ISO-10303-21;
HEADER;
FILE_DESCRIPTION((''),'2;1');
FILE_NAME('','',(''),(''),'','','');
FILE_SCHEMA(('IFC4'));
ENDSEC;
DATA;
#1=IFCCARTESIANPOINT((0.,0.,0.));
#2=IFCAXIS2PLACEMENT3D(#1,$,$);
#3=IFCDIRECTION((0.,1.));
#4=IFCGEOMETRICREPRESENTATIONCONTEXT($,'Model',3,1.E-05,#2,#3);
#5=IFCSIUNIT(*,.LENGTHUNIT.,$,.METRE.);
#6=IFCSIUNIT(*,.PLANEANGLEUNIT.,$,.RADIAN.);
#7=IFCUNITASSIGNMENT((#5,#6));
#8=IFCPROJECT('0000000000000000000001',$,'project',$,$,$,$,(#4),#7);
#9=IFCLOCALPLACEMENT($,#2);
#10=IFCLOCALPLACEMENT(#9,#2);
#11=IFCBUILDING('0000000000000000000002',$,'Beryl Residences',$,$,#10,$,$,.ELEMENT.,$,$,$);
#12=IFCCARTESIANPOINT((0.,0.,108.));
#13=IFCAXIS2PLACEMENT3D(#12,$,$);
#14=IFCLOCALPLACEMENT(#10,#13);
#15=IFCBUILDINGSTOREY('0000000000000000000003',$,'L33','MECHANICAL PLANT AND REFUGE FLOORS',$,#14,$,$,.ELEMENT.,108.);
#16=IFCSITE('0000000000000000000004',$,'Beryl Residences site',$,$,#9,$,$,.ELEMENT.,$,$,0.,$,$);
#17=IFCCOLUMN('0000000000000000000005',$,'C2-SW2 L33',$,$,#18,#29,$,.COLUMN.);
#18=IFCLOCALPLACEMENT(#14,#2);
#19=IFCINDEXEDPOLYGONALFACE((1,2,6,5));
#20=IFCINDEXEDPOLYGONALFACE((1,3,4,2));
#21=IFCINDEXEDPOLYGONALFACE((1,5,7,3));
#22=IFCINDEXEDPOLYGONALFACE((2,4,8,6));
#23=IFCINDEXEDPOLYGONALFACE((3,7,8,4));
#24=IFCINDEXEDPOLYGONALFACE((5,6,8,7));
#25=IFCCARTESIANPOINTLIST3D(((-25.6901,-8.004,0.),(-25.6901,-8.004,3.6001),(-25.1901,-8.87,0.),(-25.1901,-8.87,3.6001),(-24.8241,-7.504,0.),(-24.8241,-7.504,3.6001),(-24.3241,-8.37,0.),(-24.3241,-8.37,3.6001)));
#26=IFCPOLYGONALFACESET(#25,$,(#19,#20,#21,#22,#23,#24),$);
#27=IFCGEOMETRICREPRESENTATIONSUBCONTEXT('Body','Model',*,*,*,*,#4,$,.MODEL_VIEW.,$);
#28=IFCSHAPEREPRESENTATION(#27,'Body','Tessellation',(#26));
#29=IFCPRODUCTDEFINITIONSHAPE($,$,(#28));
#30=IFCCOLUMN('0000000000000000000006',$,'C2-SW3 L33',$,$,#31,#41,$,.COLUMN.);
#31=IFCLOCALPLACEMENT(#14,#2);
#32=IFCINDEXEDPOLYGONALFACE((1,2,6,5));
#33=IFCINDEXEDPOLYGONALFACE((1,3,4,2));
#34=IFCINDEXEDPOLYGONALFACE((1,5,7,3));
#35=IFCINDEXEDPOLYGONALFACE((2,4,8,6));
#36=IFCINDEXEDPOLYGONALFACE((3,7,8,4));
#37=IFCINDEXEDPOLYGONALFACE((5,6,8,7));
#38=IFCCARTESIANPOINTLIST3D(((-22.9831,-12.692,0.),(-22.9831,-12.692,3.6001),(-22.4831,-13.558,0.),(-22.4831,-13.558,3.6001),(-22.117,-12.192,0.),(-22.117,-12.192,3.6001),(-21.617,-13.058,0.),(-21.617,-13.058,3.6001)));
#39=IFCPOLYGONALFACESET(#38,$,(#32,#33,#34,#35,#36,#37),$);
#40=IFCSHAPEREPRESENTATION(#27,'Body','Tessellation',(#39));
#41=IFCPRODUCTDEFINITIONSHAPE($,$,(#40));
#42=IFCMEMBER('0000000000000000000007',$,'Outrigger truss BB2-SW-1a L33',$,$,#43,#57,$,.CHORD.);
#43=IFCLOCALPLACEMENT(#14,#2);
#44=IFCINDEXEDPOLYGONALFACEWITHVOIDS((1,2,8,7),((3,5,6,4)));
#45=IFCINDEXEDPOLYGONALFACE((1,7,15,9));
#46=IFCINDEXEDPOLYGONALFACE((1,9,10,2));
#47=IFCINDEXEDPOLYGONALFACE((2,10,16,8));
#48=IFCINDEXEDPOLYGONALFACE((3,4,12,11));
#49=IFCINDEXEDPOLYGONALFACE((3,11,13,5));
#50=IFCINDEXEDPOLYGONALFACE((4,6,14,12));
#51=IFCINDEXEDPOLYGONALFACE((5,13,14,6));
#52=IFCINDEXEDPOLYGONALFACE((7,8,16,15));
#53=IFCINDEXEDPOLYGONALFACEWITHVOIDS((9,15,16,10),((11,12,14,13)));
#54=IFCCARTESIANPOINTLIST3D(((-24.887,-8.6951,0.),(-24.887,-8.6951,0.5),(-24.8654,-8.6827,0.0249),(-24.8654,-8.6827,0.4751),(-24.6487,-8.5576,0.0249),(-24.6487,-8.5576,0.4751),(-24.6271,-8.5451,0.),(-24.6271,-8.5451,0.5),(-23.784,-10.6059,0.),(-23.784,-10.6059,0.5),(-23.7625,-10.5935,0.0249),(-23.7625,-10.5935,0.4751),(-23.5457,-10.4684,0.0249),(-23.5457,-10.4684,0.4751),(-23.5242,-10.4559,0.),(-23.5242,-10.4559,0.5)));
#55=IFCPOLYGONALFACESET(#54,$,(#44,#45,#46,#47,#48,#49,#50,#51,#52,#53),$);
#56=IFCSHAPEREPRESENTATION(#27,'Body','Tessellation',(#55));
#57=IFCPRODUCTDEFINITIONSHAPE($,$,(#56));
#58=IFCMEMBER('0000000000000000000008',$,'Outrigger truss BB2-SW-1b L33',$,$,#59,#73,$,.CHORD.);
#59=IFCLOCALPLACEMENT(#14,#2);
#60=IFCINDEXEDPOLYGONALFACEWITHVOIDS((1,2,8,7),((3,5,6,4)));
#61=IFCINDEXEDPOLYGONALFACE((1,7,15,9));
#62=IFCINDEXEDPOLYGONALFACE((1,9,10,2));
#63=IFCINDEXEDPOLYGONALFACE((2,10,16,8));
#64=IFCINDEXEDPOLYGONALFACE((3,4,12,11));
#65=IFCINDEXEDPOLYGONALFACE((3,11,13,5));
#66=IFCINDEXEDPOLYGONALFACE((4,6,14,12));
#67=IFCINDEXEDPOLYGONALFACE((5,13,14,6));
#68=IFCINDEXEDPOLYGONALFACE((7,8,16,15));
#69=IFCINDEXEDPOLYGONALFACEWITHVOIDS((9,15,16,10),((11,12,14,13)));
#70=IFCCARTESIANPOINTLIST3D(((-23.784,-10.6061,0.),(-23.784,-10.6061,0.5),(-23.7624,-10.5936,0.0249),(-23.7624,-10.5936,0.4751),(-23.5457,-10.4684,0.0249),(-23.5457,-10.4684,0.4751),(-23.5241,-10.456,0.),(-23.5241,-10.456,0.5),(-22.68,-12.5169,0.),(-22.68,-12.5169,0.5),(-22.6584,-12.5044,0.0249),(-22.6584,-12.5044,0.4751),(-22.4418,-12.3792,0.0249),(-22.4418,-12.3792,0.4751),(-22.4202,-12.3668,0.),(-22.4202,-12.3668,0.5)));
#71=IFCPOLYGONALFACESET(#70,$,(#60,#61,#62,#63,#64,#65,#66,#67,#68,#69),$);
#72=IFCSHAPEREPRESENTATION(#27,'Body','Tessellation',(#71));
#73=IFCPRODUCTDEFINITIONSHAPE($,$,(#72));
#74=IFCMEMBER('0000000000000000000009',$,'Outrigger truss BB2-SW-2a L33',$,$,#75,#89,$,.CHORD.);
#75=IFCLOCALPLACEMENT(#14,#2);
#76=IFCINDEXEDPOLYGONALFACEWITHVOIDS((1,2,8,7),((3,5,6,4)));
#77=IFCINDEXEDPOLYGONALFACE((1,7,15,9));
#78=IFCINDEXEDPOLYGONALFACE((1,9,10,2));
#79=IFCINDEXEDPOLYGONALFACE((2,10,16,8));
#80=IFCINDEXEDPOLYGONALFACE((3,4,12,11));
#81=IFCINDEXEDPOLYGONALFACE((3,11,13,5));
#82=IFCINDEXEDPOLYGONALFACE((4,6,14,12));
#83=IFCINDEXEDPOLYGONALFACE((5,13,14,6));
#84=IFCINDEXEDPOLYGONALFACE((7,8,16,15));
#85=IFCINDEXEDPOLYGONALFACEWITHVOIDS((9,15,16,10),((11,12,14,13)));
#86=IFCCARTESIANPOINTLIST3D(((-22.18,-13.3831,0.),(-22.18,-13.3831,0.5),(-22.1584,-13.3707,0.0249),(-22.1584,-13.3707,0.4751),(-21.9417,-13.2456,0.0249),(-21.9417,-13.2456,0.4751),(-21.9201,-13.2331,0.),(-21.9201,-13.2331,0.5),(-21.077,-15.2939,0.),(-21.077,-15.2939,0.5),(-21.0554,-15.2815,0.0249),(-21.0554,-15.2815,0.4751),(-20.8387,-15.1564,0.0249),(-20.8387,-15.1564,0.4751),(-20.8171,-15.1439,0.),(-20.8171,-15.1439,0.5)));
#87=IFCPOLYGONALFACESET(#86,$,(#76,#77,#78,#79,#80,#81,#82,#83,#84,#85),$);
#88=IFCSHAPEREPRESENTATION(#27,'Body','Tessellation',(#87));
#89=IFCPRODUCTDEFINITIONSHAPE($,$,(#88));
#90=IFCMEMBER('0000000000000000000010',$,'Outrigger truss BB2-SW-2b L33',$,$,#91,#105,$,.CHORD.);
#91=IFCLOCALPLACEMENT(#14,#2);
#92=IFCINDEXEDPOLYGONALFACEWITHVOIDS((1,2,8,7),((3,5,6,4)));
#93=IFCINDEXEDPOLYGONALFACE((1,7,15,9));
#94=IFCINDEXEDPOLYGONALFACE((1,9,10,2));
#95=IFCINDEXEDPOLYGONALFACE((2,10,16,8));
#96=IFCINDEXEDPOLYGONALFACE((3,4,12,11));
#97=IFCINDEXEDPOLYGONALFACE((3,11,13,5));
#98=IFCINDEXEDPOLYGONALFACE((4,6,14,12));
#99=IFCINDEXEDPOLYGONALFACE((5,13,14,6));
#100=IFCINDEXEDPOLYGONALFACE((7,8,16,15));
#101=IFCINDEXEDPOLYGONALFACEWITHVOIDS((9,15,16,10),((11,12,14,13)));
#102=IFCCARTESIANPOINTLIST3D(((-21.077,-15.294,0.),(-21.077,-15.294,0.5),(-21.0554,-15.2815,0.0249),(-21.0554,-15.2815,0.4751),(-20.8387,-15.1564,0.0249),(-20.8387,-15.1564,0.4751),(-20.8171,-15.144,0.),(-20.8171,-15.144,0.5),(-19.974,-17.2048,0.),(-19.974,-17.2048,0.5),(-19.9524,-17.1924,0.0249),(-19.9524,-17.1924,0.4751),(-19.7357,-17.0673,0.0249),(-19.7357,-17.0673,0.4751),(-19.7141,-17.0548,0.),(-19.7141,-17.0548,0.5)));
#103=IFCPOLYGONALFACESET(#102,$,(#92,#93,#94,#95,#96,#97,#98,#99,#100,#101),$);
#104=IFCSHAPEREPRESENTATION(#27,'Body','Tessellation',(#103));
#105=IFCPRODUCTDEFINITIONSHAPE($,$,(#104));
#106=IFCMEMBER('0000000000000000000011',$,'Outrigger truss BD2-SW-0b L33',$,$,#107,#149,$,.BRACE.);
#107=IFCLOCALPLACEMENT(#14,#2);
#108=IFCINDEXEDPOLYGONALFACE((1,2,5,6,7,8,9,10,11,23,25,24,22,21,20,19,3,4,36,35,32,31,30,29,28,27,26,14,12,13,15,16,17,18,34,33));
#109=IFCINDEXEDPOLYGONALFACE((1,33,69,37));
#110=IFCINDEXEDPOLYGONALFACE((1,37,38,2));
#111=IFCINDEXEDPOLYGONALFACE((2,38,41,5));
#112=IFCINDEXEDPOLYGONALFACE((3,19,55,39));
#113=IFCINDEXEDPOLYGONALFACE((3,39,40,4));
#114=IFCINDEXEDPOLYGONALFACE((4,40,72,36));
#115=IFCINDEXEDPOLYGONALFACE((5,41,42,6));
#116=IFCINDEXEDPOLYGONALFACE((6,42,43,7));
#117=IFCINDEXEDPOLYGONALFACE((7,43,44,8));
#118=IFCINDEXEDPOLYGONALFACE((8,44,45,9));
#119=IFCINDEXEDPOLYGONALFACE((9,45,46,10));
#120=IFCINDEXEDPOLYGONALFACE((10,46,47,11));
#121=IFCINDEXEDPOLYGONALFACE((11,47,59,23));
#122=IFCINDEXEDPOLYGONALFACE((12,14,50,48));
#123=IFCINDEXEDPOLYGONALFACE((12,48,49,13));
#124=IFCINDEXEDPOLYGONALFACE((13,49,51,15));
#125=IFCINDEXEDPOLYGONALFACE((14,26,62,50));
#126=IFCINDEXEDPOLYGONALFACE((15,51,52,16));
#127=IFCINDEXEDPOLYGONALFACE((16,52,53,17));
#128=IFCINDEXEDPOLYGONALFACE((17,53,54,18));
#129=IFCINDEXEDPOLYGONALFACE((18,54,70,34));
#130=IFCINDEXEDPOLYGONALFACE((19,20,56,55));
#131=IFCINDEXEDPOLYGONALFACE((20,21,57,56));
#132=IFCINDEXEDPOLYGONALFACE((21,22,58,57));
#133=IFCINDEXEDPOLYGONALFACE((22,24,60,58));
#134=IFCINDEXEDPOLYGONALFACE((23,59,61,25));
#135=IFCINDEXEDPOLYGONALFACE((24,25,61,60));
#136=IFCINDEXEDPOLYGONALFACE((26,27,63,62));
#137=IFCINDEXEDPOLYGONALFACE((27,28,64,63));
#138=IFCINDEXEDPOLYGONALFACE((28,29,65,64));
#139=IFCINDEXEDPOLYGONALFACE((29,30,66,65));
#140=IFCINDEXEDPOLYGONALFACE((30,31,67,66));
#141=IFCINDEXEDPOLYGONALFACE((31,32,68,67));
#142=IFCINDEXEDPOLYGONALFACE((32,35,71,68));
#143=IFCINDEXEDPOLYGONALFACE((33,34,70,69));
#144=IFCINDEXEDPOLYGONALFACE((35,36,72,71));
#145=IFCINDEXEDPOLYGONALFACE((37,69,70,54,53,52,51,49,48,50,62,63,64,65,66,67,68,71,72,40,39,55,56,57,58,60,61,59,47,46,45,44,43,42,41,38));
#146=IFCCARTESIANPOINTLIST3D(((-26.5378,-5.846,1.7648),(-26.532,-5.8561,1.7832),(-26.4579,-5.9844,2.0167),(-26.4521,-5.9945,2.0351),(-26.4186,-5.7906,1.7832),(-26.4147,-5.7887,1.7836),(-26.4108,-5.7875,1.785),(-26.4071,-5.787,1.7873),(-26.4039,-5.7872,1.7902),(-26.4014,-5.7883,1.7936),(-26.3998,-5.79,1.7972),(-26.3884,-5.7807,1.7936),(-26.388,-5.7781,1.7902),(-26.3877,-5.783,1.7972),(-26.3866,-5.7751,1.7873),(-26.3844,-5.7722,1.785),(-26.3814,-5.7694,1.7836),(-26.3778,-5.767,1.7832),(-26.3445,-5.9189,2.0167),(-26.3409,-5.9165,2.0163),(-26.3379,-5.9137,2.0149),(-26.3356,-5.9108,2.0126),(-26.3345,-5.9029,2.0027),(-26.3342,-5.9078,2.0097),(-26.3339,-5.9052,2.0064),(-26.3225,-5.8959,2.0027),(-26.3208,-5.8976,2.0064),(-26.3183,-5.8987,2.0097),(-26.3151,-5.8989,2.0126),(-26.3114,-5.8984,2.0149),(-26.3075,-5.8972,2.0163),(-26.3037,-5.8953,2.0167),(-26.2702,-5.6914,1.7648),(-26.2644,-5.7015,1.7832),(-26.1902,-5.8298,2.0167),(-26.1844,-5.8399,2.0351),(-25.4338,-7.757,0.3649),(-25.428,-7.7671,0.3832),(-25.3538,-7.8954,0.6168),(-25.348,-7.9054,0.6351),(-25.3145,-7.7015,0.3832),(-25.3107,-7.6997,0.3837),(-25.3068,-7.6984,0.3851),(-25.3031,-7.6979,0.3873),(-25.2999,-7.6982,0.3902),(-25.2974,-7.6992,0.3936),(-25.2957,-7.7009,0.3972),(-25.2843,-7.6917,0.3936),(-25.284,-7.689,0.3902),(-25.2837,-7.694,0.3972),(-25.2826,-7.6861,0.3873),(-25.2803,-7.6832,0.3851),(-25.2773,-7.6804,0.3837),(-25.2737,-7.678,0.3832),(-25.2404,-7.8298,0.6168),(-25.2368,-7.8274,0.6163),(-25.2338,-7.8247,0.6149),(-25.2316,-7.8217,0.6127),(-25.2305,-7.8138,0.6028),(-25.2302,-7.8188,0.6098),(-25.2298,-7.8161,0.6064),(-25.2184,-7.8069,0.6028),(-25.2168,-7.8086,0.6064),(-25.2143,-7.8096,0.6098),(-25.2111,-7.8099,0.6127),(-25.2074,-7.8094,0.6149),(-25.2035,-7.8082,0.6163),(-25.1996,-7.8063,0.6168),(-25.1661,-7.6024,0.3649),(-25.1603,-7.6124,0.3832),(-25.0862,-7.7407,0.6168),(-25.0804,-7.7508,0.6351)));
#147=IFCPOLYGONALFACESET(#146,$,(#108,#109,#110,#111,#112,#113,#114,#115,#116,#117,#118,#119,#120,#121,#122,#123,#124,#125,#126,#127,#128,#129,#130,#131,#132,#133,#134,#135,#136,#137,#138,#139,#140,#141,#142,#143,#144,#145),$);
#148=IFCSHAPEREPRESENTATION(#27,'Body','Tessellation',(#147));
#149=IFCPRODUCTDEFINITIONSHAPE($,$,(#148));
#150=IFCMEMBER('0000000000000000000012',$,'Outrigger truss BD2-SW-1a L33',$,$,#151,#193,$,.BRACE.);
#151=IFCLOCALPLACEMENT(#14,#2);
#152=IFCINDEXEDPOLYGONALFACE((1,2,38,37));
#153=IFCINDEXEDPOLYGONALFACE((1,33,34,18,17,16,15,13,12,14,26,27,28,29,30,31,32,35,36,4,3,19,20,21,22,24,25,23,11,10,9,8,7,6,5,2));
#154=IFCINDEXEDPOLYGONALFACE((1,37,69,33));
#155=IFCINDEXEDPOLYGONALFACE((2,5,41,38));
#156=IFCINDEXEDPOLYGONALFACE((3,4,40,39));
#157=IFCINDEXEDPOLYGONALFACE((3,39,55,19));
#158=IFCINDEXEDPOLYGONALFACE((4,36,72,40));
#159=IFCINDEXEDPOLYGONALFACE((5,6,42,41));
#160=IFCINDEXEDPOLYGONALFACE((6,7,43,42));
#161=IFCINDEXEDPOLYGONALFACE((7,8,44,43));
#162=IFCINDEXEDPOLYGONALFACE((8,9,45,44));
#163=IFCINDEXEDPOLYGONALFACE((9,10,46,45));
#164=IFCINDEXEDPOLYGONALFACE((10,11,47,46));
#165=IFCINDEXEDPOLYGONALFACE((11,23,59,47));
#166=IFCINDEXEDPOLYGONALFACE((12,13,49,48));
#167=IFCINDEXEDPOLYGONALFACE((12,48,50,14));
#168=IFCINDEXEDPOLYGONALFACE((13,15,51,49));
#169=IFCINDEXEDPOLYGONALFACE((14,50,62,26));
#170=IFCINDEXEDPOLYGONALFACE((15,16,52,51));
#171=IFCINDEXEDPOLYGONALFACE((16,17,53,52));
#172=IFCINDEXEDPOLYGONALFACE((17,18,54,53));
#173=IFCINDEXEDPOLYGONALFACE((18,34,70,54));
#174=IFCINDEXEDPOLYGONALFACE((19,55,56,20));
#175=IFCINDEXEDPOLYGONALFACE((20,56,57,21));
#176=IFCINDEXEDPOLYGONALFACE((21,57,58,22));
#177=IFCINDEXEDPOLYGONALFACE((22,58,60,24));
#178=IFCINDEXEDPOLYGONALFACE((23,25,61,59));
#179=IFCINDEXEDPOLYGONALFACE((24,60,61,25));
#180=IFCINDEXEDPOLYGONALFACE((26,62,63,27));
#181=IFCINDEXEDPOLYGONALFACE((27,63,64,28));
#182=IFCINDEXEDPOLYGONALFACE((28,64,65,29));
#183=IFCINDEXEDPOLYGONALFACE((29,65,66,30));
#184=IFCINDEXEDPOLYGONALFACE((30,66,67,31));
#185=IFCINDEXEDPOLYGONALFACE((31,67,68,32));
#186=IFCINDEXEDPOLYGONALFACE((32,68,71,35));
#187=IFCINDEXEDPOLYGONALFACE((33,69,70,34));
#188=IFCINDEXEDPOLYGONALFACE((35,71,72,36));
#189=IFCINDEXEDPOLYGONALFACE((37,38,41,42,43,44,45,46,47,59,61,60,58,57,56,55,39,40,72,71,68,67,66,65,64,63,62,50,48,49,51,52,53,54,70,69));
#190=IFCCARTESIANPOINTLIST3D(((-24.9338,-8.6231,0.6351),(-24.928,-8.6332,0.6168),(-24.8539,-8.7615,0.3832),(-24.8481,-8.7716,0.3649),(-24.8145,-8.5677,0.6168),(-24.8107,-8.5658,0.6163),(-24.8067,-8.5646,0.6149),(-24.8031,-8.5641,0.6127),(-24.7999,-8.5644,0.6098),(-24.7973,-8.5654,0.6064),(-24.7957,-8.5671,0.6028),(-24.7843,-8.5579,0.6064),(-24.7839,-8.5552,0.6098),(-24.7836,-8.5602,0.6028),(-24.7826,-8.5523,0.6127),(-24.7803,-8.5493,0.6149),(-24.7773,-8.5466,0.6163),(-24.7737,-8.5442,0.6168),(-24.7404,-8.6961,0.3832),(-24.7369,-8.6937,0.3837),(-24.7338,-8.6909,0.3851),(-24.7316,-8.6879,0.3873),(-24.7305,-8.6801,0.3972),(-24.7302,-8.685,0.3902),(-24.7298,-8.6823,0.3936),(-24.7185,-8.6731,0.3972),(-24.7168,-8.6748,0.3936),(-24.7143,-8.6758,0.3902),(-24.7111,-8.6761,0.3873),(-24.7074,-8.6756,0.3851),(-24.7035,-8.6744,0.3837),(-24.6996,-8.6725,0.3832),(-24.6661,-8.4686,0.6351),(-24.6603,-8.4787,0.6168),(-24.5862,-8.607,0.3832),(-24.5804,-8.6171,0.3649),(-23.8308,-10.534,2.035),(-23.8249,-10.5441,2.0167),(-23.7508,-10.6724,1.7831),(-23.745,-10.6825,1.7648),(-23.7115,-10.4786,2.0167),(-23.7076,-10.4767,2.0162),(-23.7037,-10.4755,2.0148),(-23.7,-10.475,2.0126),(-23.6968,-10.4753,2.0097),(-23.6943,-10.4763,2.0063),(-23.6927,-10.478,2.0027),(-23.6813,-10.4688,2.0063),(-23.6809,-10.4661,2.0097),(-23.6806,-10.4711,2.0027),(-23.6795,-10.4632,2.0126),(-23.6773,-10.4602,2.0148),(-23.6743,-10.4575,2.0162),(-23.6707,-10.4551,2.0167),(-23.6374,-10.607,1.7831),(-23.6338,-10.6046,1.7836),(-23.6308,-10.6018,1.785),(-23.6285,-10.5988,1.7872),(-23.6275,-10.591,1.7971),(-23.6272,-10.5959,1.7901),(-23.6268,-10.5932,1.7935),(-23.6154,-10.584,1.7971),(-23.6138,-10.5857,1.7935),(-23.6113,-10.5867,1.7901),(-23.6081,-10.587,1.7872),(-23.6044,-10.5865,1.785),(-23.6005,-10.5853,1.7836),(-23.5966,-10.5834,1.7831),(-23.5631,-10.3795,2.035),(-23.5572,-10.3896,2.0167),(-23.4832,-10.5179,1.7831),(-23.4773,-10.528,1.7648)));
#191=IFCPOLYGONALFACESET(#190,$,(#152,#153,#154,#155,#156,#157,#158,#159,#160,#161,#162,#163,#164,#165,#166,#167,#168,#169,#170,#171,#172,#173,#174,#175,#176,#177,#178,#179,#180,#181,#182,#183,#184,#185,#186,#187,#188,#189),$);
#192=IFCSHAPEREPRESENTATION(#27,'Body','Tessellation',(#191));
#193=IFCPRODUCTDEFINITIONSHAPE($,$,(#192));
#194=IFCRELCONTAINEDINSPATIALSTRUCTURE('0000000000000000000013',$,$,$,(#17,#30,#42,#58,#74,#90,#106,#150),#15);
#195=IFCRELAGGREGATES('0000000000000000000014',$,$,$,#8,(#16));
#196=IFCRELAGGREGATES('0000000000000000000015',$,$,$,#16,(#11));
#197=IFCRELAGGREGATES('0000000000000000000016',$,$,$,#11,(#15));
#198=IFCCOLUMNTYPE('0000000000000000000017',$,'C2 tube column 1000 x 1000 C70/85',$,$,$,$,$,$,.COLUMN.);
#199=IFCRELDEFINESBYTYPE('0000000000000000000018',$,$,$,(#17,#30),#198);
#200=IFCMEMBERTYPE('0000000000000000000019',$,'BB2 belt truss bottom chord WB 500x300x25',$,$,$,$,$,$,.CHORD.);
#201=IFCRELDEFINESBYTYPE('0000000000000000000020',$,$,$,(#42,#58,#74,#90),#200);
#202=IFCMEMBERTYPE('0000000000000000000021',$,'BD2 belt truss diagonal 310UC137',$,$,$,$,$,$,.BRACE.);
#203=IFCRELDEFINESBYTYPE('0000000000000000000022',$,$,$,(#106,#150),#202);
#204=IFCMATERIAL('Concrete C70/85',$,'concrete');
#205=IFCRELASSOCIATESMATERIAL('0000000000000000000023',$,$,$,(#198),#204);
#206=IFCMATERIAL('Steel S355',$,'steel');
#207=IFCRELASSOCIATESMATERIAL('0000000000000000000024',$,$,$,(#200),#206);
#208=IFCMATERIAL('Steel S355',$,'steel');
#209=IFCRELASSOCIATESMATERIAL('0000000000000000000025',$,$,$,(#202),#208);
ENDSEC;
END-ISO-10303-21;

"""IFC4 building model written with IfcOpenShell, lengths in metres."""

from ifc_helpers import new_model, si_unit, direction, frame, origin, origin_2d, place, context, subcontext, project, spatial, rectangle, hollow_rectangle, i_section, extrude, material, material_profile, profile_set, type_object, element, save


model = new_model("IFC4")

# Units and contexts
model_context = context("Model", 3, precision=1e-05, world=origin(), true_north=direction((0.0, 1.0)))
body_context = subcontext(model_context, "Body", "Model", "MODEL_VIEW")
ifc_project = project(units=[si_unit("LENGTHUNIT", "METRE"), si_unit("PLANEANGLEUNIT", "RADIAN")], contexts=[model_context])

# Site, building, storey
site_placement = place(None, origin())
site = spatial("IfcSite", under=ifc_project, at=site_placement, Name="Beryl Residences site", CompositionType="ELEMENT", RefElevation=0.0)
building_placement = place(site_placement, origin())
building = spatial("IfcBuilding", under=site, at=building_placement, Name="Beryl Residences", CompositionType="ELEMENT")
storey_placement = place(building_placement, frame((0.0, 0.0, 108.0)))
storey = spatial("IfcBuildingStorey", under=building, at=storey_placement, Name="L33", Description="MECHANICAL PLANT AND REFUGE FLOORS", CompositionType="ELEMENT", Elevation=108.0)

# Columns
ifc_material_1 = material(Name="Concrete C70/85", Category="concrete")
ifc_material_profile_1 = material_profile(ifc_material_1, rectangle(XDim=1.0, YDim=1.0, at=origin_2d()))
ifc_profile_set_1 = profile_set([ifc_material_profile_1], Name="Concrete C70/85")
column_type = type_object("IfcColumnType", Name="C2 tube column 1000 x 1000 C70/85", PredefinedType="COLUMN", material=ifc_profile_set_1)
for number, where, z_axis, x_axis, name in (
    (1, (-25.0071, -8.187, 0.0), (0.0, 0.0, 1.0), (0.5, -0.866025, 0.0), "C2-SW2 L33"),
    (2, (-22.3, -12.875, 0.0), (0.0, 0.0, 1.0), (0.5, -0.866025, 0.0), "C2-SW3 L33"),
):
    element("IfcColumn", number, at=place(storey_placement, frame(where, z_axis=z_axis, x_axis=x_axis)), inside=storey, type_object=column_type, Name=name, PredefinedType="COLUMN", context=body_context, shape_type="SweptSolid", body=[
        extrude(rectangle(XDim=1.0, YDim=1.0, at=origin_2d()), origin(), (0.0, 0.0, 1.0), 3.6001),
    ])

# Members
ifc_material_2 = material(Name="Steel S355", Category="steel")
ifc_material_profile_2 = material_profile(ifc_material_2, hollow_rectangle(XDim=0.3, YDim=0.5, WallThickness=0.0249, at=origin_2d()))
ifc_profile_set_2 = profile_set([ifc_material_profile_2], Name="Steel S355")
member_type_1 = type_object("IfcMemberType", Name="BB2 belt truss bottom chord WB 500x300x25", PredefinedType="CHORD", material=ifc_profile_set_2)
member_1_placement = place(storey_placement, frame((-24.7571, -8.6201, 0.25), z_axis=(0.499924, -0.86607, 0.0), x_axis=(0.86607, 0.499924, 0.0)))
element("IfcMember", 3, at=member_1_placement, inside=storey, type_object=member_type_1, Name="Outrigger truss BB2-SW-1a L33", PredefinedType="CHORD", context=body_context, shape_type="SweptSolid", body=[
    extrude(hollow_rectangle(XDim=0.3, YDim=0.5, WallThickness=0.0249, at=origin_2d()), origin(), (0.0, 0.0, 1.0), 2.2063),
])
member_2_placement = place(storey_placement, frame((-23.6541, -10.531, 0.25), z_axis=(0.500255, -0.865878, 0.0), x_axis=(0.865878, 0.500255, 0.0)))
element("IfcMember", 4, at=member_2_placement, inside=storey, type_object=member_type_1, Name="Outrigger truss BB2-SW-1b L33", PredefinedType="CHORD", context=body_context, shape_type="SweptSolid", body=[
    extrude(hollow_rectangle(XDim=0.3, YDim=0.5, WallThickness=0.0249, at=origin_2d()), origin(), (0.0, 0.0, 1.0), 2.2068),
])
for number, where, z_axis, x_axis, name in (
    (5, (-22.05, -13.3081, 0.25), (0.499924, -0.86607, 0.0), (0.86607, 0.499924, 0.0), "Outrigger truss BB2-SW-2a L33"),
    (6, (-20.947, -15.219, 0.25), (0.499924, -0.86607, 0.0), (0.86607, 0.499924, 0.0), "Outrigger truss BB2-SW-2b L33"),
):
    element("IfcMember", number, at=place(storey_placement, frame(where, z_axis=z_axis, x_axis=x_axis)), inside=storey, type_object=member_type_1, Name=name, PredefinedType="CHORD", context=body_context, shape_type="SweptSolid", body=[
        extrude(hollow_rectangle(XDim=0.3, YDim=0.5, WallThickness=0.0249, at=origin_2d()), origin(), (0.0, 0.0, 1.0), 2.2063),
    ])
ifc_material_3 = material(Name="Steel S355", Category="steel")
ifc_material_profile_3 = material_profile(ifc_material_3, i_section(OverallWidth=0.3091, OverallDepth=0.3201, WebThickness=0.0139, FlangeThickness=0.0217, FilletRadius=0.0166, at=origin_2d()))
ifc_profile_set_3 = profile_set([ifc_material_profile_3], Name="Steel S355")
member_type_2 = type_object("IfcMemberType", Name="BD2 belt truss diagonal 310UC137", PredefinedType="BRACE", material=ifc_profile_set_3)
member_3_placement = place(storey_placement, frame((-25.2571, -7.7539, 0.5), z_axis=(-0.422434, 0.731179, 0.535656), x_axis=(-0.865878, -0.500255, 0.0)))
element("IfcMember", 7, at=member_3_placement, inside=storey, type_object=member_type_2, Name="Outrigger truss BD2-SW-0b L33", PredefinedType="BRACE", context=body_context, shape_type="SweptSolid", body=[
    extrude(i_section(OverallWidth=0.3091, OverallDepth=0.3201, WebThickness=0.0139, FlangeThickness=0.0217, FilletRadius=0.0166, at=origin_2d()), origin(), (0.0, 0.0, 1.0), 2.6135),
])
member_4_placement = place(storey_placement, frame((-24.7571, -8.6201, 0.5), z_axis=(0.422127, -0.731294, 0.53574), x_axis=(0.86607, 0.499924, 0.0)))
element("IfcMember", 8, at=member_4_placement, inside=storey, type_object=member_type_2, Name="Outrigger truss BD2-SW-1a L33", PredefinedType="BRACE", context=body_context, shape_type="SweptSolid", body=[
    extrude(i_section(OverallWidth=0.3091, OverallDepth=0.3201, WebThickness=0.0139, FlangeThickness=0.0217, FilletRadius=0.0166, at=origin_2d()), origin(), (0.0, 0.0, 1.0), 2.613),
])

save(model, "model.ifc")
